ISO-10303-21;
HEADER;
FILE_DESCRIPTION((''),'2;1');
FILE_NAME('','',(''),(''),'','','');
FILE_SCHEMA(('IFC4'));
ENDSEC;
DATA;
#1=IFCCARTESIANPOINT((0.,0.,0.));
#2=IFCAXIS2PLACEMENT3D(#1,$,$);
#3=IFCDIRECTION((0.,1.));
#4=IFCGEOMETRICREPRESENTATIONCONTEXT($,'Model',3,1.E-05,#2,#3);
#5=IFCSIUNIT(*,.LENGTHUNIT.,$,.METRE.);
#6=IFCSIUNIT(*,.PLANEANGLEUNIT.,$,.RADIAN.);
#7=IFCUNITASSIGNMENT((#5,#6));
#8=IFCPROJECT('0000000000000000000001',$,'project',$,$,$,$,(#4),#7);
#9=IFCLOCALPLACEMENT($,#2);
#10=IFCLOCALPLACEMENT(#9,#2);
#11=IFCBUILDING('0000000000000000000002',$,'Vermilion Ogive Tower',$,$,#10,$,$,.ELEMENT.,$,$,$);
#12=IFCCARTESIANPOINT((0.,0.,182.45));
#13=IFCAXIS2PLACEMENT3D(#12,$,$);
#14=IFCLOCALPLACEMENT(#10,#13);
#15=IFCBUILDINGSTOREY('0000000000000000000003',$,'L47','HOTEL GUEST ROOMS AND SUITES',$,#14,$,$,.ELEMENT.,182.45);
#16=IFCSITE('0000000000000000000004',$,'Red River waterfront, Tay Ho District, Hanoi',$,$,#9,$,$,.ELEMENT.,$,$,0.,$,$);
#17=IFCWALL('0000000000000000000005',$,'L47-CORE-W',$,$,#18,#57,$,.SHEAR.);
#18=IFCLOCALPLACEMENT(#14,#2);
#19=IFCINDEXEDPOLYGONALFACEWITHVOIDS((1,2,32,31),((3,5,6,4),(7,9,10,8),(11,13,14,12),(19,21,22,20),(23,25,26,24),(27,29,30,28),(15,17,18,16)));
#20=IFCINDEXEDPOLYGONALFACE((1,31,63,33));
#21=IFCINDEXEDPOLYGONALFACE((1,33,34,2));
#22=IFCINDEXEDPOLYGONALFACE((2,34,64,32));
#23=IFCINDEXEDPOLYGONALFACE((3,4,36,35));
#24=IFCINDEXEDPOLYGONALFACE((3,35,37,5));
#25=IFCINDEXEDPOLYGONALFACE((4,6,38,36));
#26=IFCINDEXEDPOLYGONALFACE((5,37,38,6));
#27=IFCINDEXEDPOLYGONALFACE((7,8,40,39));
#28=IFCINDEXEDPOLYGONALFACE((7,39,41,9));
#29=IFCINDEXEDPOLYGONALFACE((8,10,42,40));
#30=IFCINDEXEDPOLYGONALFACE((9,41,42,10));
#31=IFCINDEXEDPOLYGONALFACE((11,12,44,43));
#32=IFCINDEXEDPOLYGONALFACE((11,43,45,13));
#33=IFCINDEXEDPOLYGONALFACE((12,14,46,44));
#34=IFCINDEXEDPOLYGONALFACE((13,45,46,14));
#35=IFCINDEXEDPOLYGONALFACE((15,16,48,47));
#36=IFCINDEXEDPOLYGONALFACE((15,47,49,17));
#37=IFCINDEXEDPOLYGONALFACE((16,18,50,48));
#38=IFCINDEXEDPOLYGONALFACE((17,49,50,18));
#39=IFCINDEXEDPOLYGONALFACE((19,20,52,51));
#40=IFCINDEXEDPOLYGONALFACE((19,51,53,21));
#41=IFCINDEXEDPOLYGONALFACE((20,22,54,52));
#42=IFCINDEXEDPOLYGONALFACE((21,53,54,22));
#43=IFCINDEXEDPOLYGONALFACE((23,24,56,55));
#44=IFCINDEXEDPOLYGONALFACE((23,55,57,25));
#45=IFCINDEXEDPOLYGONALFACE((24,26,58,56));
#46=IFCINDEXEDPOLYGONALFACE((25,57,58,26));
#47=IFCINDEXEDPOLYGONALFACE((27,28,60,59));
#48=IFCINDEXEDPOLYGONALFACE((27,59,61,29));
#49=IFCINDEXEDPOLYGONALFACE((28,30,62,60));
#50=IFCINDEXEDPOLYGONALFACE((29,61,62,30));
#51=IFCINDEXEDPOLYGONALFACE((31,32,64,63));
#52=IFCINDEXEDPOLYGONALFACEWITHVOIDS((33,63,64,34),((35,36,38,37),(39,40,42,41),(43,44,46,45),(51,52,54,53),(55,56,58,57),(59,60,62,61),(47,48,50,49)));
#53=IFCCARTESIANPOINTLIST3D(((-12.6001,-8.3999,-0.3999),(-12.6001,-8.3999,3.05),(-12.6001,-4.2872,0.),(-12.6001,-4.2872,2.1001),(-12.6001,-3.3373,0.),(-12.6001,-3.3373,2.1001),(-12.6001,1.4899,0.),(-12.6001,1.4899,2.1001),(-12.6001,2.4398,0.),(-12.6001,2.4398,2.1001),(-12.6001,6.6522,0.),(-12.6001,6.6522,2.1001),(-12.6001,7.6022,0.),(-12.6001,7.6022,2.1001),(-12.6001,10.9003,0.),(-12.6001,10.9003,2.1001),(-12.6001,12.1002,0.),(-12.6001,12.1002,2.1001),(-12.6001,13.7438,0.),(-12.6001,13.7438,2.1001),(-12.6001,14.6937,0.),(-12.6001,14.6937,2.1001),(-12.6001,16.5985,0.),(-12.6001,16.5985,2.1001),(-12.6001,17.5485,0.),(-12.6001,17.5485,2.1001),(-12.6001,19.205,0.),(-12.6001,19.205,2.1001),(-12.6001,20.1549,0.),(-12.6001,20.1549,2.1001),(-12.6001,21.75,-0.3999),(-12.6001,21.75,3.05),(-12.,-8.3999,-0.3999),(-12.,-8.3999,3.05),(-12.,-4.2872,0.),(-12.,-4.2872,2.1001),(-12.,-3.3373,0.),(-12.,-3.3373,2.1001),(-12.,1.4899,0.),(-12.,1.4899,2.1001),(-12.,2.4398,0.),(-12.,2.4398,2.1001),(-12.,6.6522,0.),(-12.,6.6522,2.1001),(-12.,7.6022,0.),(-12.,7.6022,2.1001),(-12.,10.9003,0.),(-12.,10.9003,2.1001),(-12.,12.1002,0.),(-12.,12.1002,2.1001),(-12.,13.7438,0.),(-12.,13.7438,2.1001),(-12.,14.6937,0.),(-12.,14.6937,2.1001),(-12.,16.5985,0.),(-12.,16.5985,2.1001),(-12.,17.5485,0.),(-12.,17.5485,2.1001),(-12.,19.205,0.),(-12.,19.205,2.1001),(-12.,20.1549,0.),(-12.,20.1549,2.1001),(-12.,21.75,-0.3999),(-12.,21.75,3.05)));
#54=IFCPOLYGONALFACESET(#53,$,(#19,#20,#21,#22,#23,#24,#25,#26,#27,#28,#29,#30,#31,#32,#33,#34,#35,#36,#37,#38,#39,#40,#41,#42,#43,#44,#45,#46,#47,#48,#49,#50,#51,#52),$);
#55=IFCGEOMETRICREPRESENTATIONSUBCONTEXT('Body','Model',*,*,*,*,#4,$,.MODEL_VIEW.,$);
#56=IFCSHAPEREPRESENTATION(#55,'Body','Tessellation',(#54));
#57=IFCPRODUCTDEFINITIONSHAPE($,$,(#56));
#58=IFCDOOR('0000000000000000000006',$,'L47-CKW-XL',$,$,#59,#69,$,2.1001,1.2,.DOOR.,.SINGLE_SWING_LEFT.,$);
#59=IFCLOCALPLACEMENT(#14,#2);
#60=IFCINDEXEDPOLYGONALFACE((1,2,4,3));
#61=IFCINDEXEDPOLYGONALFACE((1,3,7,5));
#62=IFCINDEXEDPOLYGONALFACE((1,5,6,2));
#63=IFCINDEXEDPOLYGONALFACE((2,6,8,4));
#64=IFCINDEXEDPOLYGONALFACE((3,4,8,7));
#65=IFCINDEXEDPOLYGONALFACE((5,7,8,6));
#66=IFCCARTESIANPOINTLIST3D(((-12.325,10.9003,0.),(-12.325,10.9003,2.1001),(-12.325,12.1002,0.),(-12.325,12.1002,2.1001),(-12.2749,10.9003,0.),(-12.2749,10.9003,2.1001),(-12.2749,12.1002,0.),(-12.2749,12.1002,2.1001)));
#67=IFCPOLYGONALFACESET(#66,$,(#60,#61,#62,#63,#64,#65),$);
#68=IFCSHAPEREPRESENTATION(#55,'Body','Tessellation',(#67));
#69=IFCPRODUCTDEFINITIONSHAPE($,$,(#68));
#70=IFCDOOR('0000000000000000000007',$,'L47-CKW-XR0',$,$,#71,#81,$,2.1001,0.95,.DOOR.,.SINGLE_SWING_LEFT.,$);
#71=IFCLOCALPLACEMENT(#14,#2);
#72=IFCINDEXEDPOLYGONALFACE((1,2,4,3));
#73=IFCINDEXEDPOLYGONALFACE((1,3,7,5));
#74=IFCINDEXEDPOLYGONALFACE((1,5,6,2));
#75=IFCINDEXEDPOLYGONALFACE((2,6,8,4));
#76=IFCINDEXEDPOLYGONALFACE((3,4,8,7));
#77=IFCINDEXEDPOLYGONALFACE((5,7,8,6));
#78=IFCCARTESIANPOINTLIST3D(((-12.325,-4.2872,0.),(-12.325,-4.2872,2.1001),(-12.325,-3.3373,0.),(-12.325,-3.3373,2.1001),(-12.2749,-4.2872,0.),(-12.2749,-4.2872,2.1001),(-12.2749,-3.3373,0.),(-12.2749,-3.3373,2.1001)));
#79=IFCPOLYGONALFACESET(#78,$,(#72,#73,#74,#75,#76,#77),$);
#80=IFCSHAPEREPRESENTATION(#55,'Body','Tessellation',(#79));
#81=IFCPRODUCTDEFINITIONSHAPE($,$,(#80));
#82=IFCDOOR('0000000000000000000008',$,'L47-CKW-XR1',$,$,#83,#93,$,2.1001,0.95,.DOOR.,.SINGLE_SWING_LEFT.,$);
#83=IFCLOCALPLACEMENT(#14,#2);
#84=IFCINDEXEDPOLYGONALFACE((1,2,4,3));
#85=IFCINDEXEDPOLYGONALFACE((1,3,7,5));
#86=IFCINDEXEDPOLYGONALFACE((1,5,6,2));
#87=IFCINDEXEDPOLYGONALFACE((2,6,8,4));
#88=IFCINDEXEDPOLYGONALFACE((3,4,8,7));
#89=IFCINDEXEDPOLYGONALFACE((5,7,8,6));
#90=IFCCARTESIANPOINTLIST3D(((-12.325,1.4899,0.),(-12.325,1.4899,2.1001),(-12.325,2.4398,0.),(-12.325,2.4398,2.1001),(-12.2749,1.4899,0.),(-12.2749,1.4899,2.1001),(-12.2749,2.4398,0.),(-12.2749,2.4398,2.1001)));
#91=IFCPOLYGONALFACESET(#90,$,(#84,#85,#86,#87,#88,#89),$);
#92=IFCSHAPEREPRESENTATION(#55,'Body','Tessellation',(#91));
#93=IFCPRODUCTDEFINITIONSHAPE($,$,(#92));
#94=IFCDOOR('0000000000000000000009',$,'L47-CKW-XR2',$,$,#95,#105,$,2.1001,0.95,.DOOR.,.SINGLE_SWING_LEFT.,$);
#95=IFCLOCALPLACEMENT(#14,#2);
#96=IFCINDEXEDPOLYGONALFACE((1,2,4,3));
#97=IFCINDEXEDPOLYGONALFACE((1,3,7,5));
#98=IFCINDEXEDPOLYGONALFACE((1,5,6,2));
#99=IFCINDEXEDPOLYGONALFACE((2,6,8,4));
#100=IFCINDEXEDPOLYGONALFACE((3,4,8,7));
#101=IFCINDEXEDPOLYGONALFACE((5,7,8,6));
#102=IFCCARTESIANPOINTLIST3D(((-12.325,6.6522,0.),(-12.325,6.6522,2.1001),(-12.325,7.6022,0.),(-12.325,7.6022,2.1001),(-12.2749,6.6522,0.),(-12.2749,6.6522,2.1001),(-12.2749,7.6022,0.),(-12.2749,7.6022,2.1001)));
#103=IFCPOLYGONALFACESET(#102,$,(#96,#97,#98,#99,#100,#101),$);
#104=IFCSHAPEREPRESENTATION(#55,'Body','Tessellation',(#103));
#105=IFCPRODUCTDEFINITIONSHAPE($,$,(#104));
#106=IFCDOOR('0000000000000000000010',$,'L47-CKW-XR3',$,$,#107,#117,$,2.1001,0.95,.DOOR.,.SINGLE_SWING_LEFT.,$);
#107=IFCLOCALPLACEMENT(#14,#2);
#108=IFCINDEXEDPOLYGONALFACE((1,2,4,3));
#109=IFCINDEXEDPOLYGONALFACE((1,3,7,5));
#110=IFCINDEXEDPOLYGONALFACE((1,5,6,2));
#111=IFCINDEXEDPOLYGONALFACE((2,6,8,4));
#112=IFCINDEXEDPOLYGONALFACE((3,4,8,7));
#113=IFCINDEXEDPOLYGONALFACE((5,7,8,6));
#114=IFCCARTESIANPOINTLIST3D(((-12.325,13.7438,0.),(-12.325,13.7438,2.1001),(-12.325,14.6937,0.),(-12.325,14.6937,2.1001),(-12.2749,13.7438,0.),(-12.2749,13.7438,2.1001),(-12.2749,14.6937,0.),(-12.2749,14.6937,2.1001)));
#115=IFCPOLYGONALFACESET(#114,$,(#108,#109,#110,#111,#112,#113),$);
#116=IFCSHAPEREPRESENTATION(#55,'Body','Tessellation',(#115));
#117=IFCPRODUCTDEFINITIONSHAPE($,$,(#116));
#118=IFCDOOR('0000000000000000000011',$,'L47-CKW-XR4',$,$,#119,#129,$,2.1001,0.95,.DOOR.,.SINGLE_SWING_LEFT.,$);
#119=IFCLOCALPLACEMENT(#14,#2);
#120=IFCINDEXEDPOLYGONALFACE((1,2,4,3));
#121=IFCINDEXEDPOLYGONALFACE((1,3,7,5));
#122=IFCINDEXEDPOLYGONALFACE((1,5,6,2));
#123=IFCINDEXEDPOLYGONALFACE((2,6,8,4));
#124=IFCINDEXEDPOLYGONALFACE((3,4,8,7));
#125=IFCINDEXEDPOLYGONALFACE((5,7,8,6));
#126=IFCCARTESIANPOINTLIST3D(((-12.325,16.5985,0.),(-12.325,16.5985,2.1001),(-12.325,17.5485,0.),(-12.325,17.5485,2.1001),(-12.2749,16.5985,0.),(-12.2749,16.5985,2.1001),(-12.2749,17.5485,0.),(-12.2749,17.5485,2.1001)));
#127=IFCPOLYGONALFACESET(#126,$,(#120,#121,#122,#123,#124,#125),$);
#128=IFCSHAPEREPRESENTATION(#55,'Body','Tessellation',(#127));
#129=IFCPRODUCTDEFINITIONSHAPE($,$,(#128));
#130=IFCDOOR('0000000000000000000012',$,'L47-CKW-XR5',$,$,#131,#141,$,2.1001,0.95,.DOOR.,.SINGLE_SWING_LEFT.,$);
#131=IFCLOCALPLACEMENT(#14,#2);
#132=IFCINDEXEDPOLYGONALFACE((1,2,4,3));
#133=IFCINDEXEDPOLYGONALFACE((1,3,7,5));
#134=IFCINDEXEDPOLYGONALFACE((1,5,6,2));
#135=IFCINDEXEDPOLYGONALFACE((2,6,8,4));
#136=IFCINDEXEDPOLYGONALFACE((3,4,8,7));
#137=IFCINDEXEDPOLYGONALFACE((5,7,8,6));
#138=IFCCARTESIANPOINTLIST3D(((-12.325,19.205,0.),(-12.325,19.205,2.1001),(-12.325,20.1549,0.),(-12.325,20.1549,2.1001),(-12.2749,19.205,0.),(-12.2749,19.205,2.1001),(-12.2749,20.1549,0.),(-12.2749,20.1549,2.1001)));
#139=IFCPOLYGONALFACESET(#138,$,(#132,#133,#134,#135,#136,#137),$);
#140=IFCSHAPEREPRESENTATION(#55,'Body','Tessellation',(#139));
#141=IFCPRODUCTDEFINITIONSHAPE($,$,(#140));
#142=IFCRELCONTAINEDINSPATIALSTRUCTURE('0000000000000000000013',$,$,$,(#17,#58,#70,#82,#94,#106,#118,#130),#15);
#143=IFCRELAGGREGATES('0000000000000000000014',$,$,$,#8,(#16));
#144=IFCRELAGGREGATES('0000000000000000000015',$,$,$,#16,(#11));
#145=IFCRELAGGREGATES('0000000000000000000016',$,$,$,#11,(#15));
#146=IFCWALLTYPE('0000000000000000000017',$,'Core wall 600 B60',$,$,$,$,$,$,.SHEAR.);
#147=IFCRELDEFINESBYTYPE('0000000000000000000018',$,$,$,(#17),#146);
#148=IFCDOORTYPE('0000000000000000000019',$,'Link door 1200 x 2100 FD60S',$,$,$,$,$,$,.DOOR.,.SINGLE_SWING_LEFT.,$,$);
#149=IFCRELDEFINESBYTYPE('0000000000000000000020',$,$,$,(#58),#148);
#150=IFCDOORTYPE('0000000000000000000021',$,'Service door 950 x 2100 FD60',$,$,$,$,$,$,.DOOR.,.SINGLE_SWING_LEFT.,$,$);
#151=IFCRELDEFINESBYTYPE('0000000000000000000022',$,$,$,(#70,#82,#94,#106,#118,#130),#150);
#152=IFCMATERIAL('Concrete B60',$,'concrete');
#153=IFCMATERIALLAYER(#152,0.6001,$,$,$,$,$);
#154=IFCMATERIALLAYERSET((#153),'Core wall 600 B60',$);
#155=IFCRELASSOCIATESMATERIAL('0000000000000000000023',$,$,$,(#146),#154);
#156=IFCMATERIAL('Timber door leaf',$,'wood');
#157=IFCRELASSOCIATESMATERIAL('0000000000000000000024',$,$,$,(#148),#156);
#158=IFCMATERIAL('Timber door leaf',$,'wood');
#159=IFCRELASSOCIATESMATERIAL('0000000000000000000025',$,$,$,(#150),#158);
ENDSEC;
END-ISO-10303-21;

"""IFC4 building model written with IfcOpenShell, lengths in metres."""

from ifc_helpers import new_model, si_unit, direction, frame, frame_2d, origin, place, context, subcontext, project, spatial, rectangle, extrude, material, layer, layer_set, type_object, element, fill, save


model = new_model("IFC4")

# Units and contexts
model_context = context("Model", 3, precision=1e-05, world=origin(), true_north=direction((0.0, 1.0)))
body_context = subcontext(model_context, "Body", "Model", "MODEL_VIEW")
ifc_project = project(units=[si_unit("LENGTHUNIT", "METRE"), si_unit("PLANEANGLEUNIT", "RADIAN")], contexts=[model_context])

# Site, building, storey
site_placement = place(None, origin())
site = spatial("IfcSite", under=ifc_project, at=site_placement, Name="Red River waterfront, Tay Ho District, Hanoi", CompositionType="ELEMENT", RefElevation=0.0)
building_placement = place(site_placement, origin())
building = spatial("IfcBuilding", under=site, at=building_placement, Name="Vermilion Ogive Tower", CompositionType="ELEMENT")
storey_placement = place(building_placement, frame((0.0, 0.0, 182.45)))
storey = spatial("IfcBuildingStorey", under=building, at=storey_placement, Name="L47", Description="HOTEL GUEST ROOMS AND SUITES", CompositionType="ELEMENT", Elevation=182.45)

# Wall, openings, doors
ifc_material_1 = material(Name="Concrete B60", Category="concrete")
ifc_layer_1 = layer(ifc_material_1, 0.6001)
ifc_layer_set_1 = layer_set([ifc_layer_1], Name="Core wall 600 B60")
wall_type_1 = type_object("IfcWallType", Name="Core wall 600 B60", PredefinedType="SHEAR", material=ifc_layer_set_1)
wall_1_placement = place(storey_placement, frame((-12.3, -8.3999, -0.3999), z_axis=(0.0, 0.0, 1.0), x_axis=(0.0, 1.0, 0.0)))
wall_1 = element("IfcWall", 1, at=wall_1_placement, inside=storey, type_object=wall_type_1, Name="L47-CORE-W", PredefinedType="SHEAR", context=body_context, shape_type="SweptSolid", body=[
    extrude(rectangle(XDim=30.1499, YDim=0.6001, at=frame_2d((15.075, 0.0))), origin(), (0.0, 0.0, 1.0), 3.45),
])
opening_1_placement = place(wall_1_placement, frame((4.1125, 0.0, 0.3999)))
opening_1 = element("IfcOpeningElement", 2, at=opening_1_placement, cuts=wall_1, PredefinedType="OPENING", context=body_context, shape_type="SweptSolid", body=[
    extrude(rectangle(XDim=0.95, YDim=2.1001, at=frame_2d((0.4751, 1.05))), frame((0.0, 0.3101, 0.0), z_axis=(0.0, -1.0, 0.0), x_axis=(1.0, 0.0, 0.0)), (0.0, 0.0, 1.0), 0.6201),
])
opening_2_placement = place(wall_1_placement, frame((9.8896, 0.0, 0.3999)))
opening_2 = element("IfcOpeningElement", 3, at=opening_2_placement, cuts=wall_1, PredefinedType="OPENING", context=body_context, shape_type="SweptSolid", body=[
    extrude(rectangle(XDim=0.95, YDim=2.1001, at=frame_2d((0.4751, 1.05))), frame((0.0, 0.3101, 0.0), z_axis=(0.0, -1.0, 0.0), x_axis=(1.0, 0.0, 0.0)), (0.0, 0.0, 1.0), 0.6201),
])
opening_3_placement = place(wall_1_placement, frame((15.052, 0.0, 0.3999)))
opening_3 = element("IfcOpeningElement", 4, at=opening_3_placement, cuts=wall_1, PredefinedType="OPENING", context=body_context, shape_type="SweptSolid", body=[
    extrude(rectangle(XDim=0.95, YDim=2.1001, at=frame_2d((0.4751, 1.05))), frame((0.0, 0.3101, 0.0), z_axis=(0.0, -1.0, 0.0), x_axis=(1.0, 0.0, 0.0)), (0.0, 0.0, 1.0), 0.6201),
])
opening_4_placement = place(wall_1_placement, frame((22.1436, 0.0, 0.3999)))
opening_4 = element("IfcOpeningElement", 5, at=opening_4_placement, cuts=wall_1, PredefinedType="OPENING", context=body_context, shape_type="SweptSolid", body=[
    extrude(rectangle(XDim=0.95, YDim=2.1001, at=frame_2d((0.4751, 1.05))), frame((0.0, 0.3101, 0.0), z_axis=(0.0, -1.0, 0.0), x_axis=(1.0, 0.0, 0.0)), (0.0, 0.0, 1.0), 0.6201),
])
opening_5_placement = place(wall_1_placement, frame((24.9983, 0.0, 0.3999)))
opening_5 = element("IfcOpeningElement", 6, at=opening_5_placement, cuts=wall_1, PredefinedType="OPENING", context=body_context, shape_type="SweptSolid", body=[
    extrude(rectangle(XDim=0.95, YDim=2.1001, at=frame_2d((0.4751, 1.05))), frame((0.0, 0.3101, 0.0), z_axis=(0.0, -1.0, 0.0), x_axis=(1.0, 0.0, 0.0)), (0.0, 0.0, 1.0), 0.6201),
])
opening_6_placement = place(wall_1_placement, frame((27.6047, 0.0, 0.3999)))
opening_6 = element("IfcOpeningElement", 7, at=opening_6_placement, cuts=wall_1, PredefinedType="OPENING", context=body_context, shape_type="SweptSolid", body=[
    extrude(rectangle(XDim=0.95, YDim=2.1001, at=frame_2d((0.4751, 1.05))), frame((0.0, 0.3101, 0.0), z_axis=(0.0, -1.0, 0.0), x_axis=(1.0, 0.0, 0.0)), (0.0, 0.0, 1.0), 0.6201),
])
opening_7_placement = place(wall_1_placement, frame((19.3, 0.0, 0.3999)))
opening_7 = element("IfcOpeningElement", 8, at=opening_7_placement, cuts=wall_1, PredefinedType="OPENING", context=body_context, shape_type="SweptSolid", body=[
    extrude(rectangle(XDim=1.2, YDim=2.1001, at=frame_2d((0.6001, 1.05))), frame((0.0, 0.3101, 0.0), z_axis=(0.0, -1.0, 0.0), x_axis=(1.0, 0.0, 0.0)), (0.0, 0.0, 1.0), 0.6201),
])
ifc_material_2 = material(Name="Timber door leaf", Category="wood")
door_type_1 = type_object("IfcDoorType", Name="Link door 1200 x 2100 FD60S", OperationType="SINGLE_SWING_LEFT", PredefinedType="DOOR", material=ifc_material_2)
door_1_placement = place(opening_7_placement, origin())
door_1 = element("IfcDoor", 9, at=door_1_placement, inside=storey, type_object=door_type_1, Name="L47-CKW-XL", OperationType="SINGLE_SWING_LEFT", OverallHeight=2.1001, OverallWidth=1.2, PredefinedType="DOOR", context=body_context, shape_type="SweptSolid", body=[
    extrude(rectangle(XDim=1.2, YDim=2.1001, at=frame_2d((0.6001, 1.05))), frame((0.0, 0.0249, 0.0), z_axis=(0.0, -1.0, 0.0), x_axis=(1.0, 0.0, 0.0)), (0.0, 0.0, 1.0), 0.05),
])
fill(opening_7, door_1)
ifc_material_3 = material(Name="Timber door leaf", Category="wood")
door_type_2 = type_object("IfcDoorType", Name="Service door 950 x 2100 FD60", OperationType="SINGLE_SWING_LEFT", PredefinedType="DOOR", material=ifc_material_3)
door_2_placement = place(opening_1_placement, origin())
door_2 = element("IfcDoor", 10, at=door_2_placement, inside=storey, type_object=door_type_2, Name="L47-CKW-XR0", OperationType="SINGLE_SWING_LEFT", OverallHeight=2.1001, OverallWidth=0.95, PredefinedType="DOOR", context=body_context, shape_type="SweptSolid", body=[
    extrude(rectangle(XDim=0.95, YDim=2.1001, at=frame_2d((0.4751, 1.05))), frame((0.0, 0.0249, 0.0), z_axis=(0.0, -1.0, 0.0), x_axis=(1.0, 0.0, 0.0)), (0.0, 0.0, 1.0), 0.05),
])
fill(opening_1, door_2)
door_3_placement = place(opening_2_placement, origin())
door_3 = element("IfcDoor", 11, at=door_3_placement, inside=storey, type_object=door_type_2, Name="L47-CKW-XR1", OperationType="SINGLE_SWING_LEFT", OverallHeight=2.1001, OverallWidth=0.95, PredefinedType="DOOR", context=body_context, shape_type="SweptSolid", body=[
    extrude(rectangle(XDim=0.95, YDim=2.1001, at=frame_2d((0.4751, 1.05))), frame((0.0, 0.0249, 0.0), z_axis=(0.0, -1.0, 0.0), x_axis=(1.0, 0.0, 0.0)), (0.0, 0.0, 1.0), 0.05),
])
fill(opening_2, door_3)
door_4_placement = place(opening_3_placement, origin())
door_4 = element("IfcDoor", 12, at=door_4_placement, inside=storey, type_object=door_type_2, Name="L47-CKW-XR2", OperationType="SINGLE_SWING_LEFT", OverallHeight=2.1001, OverallWidth=0.95, PredefinedType="DOOR", context=body_context, shape_type="SweptSolid", body=[
    extrude(rectangle(XDim=0.95, YDim=2.1001, at=frame_2d((0.4751, 1.05))), frame((0.0, 0.0249, 0.0), z_axis=(0.0, -1.0, 0.0), x_axis=(1.0, 0.0, 0.0)), (0.0, 0.0, 1.0), 0.05),
])
fill(opening_3, door_4)
door_5_placement = place(opening_4_placement, origin())
door_5 = element("IfcDoor", 13, at=door_5_placement, inside=storey, type_object=door_type_2, Name="L47-CKW-XR3", OperationType="SINGLE_SWING_LEFT", OverallHeight=2.1001, OverallWidth=0.95, PredefinedType="DOOR", context=body_context, shape_type="SweptSolid", body=[
    extrude(rectangle(XDim=0.95, YDim=2.1001, at=frame_2d((0.4751, 1.05))), frame((0.0, 0.0249, 0.0), z_axis=(0.0, -1.0, 0.0), x_axis=(1.0, 0.0, 0.0)), (0.0, 0.0, 1.0), 0.05),
])
fill(opening_4, door_5)
door_6_placement = place(opening_5_placement, origin())
door_6 = element("IfcDoor", 14, at=door_6_placement, inside=storey, type_object=door_type_2, Name="L47-CKW-XR4", OperationType="SINGLE_SWING_LEFT", OverallHeight=2.1001, OverallWidth=0.95, PredefinedType="DOOR", context=body_context, shape_type="SweptSolid", body=[
    extrude(rectangle(XDim=0.95, YDim=2.1001, at=frame_2d((0.4751, 1.05))), frame((0.0, 0.0249, 0.0), z_axis=(0.0, -1.0, 0.0), x_axis=(1.0, 0.0, 0.0)), (0.0, 0.0, 1.0), 0.05),
])
fill(opening_5, door_6)
door_7_placement = place(opening_6_placement, origin())
door_7 = element("IfcDoor", 15, at=door_7_placement, inside=storey, type_object=door_type_2, Name="L47-CKW-XR5", OperationType="SINGLE_SWING_LEFT", OverallHeight=2.1001, OverallWidth=0.95, PredefinedType="DOOR", context=body_context, shape_type="SweptSolid", body=[
    extrude(rectangle(XDim=0.95, YDim=2.1001, at=frame_2d((0.4751, 1.05))), frame((0.0, 0.0249, 0.0), z_axis=(0.0, -1.0, 0.0), x_axis=(1.0, 0.0, 0.0)), (0.0, 0.0, 1.0), 0.05),
])
fill(opening_6, door_7)

save(model, "model.ifc")
